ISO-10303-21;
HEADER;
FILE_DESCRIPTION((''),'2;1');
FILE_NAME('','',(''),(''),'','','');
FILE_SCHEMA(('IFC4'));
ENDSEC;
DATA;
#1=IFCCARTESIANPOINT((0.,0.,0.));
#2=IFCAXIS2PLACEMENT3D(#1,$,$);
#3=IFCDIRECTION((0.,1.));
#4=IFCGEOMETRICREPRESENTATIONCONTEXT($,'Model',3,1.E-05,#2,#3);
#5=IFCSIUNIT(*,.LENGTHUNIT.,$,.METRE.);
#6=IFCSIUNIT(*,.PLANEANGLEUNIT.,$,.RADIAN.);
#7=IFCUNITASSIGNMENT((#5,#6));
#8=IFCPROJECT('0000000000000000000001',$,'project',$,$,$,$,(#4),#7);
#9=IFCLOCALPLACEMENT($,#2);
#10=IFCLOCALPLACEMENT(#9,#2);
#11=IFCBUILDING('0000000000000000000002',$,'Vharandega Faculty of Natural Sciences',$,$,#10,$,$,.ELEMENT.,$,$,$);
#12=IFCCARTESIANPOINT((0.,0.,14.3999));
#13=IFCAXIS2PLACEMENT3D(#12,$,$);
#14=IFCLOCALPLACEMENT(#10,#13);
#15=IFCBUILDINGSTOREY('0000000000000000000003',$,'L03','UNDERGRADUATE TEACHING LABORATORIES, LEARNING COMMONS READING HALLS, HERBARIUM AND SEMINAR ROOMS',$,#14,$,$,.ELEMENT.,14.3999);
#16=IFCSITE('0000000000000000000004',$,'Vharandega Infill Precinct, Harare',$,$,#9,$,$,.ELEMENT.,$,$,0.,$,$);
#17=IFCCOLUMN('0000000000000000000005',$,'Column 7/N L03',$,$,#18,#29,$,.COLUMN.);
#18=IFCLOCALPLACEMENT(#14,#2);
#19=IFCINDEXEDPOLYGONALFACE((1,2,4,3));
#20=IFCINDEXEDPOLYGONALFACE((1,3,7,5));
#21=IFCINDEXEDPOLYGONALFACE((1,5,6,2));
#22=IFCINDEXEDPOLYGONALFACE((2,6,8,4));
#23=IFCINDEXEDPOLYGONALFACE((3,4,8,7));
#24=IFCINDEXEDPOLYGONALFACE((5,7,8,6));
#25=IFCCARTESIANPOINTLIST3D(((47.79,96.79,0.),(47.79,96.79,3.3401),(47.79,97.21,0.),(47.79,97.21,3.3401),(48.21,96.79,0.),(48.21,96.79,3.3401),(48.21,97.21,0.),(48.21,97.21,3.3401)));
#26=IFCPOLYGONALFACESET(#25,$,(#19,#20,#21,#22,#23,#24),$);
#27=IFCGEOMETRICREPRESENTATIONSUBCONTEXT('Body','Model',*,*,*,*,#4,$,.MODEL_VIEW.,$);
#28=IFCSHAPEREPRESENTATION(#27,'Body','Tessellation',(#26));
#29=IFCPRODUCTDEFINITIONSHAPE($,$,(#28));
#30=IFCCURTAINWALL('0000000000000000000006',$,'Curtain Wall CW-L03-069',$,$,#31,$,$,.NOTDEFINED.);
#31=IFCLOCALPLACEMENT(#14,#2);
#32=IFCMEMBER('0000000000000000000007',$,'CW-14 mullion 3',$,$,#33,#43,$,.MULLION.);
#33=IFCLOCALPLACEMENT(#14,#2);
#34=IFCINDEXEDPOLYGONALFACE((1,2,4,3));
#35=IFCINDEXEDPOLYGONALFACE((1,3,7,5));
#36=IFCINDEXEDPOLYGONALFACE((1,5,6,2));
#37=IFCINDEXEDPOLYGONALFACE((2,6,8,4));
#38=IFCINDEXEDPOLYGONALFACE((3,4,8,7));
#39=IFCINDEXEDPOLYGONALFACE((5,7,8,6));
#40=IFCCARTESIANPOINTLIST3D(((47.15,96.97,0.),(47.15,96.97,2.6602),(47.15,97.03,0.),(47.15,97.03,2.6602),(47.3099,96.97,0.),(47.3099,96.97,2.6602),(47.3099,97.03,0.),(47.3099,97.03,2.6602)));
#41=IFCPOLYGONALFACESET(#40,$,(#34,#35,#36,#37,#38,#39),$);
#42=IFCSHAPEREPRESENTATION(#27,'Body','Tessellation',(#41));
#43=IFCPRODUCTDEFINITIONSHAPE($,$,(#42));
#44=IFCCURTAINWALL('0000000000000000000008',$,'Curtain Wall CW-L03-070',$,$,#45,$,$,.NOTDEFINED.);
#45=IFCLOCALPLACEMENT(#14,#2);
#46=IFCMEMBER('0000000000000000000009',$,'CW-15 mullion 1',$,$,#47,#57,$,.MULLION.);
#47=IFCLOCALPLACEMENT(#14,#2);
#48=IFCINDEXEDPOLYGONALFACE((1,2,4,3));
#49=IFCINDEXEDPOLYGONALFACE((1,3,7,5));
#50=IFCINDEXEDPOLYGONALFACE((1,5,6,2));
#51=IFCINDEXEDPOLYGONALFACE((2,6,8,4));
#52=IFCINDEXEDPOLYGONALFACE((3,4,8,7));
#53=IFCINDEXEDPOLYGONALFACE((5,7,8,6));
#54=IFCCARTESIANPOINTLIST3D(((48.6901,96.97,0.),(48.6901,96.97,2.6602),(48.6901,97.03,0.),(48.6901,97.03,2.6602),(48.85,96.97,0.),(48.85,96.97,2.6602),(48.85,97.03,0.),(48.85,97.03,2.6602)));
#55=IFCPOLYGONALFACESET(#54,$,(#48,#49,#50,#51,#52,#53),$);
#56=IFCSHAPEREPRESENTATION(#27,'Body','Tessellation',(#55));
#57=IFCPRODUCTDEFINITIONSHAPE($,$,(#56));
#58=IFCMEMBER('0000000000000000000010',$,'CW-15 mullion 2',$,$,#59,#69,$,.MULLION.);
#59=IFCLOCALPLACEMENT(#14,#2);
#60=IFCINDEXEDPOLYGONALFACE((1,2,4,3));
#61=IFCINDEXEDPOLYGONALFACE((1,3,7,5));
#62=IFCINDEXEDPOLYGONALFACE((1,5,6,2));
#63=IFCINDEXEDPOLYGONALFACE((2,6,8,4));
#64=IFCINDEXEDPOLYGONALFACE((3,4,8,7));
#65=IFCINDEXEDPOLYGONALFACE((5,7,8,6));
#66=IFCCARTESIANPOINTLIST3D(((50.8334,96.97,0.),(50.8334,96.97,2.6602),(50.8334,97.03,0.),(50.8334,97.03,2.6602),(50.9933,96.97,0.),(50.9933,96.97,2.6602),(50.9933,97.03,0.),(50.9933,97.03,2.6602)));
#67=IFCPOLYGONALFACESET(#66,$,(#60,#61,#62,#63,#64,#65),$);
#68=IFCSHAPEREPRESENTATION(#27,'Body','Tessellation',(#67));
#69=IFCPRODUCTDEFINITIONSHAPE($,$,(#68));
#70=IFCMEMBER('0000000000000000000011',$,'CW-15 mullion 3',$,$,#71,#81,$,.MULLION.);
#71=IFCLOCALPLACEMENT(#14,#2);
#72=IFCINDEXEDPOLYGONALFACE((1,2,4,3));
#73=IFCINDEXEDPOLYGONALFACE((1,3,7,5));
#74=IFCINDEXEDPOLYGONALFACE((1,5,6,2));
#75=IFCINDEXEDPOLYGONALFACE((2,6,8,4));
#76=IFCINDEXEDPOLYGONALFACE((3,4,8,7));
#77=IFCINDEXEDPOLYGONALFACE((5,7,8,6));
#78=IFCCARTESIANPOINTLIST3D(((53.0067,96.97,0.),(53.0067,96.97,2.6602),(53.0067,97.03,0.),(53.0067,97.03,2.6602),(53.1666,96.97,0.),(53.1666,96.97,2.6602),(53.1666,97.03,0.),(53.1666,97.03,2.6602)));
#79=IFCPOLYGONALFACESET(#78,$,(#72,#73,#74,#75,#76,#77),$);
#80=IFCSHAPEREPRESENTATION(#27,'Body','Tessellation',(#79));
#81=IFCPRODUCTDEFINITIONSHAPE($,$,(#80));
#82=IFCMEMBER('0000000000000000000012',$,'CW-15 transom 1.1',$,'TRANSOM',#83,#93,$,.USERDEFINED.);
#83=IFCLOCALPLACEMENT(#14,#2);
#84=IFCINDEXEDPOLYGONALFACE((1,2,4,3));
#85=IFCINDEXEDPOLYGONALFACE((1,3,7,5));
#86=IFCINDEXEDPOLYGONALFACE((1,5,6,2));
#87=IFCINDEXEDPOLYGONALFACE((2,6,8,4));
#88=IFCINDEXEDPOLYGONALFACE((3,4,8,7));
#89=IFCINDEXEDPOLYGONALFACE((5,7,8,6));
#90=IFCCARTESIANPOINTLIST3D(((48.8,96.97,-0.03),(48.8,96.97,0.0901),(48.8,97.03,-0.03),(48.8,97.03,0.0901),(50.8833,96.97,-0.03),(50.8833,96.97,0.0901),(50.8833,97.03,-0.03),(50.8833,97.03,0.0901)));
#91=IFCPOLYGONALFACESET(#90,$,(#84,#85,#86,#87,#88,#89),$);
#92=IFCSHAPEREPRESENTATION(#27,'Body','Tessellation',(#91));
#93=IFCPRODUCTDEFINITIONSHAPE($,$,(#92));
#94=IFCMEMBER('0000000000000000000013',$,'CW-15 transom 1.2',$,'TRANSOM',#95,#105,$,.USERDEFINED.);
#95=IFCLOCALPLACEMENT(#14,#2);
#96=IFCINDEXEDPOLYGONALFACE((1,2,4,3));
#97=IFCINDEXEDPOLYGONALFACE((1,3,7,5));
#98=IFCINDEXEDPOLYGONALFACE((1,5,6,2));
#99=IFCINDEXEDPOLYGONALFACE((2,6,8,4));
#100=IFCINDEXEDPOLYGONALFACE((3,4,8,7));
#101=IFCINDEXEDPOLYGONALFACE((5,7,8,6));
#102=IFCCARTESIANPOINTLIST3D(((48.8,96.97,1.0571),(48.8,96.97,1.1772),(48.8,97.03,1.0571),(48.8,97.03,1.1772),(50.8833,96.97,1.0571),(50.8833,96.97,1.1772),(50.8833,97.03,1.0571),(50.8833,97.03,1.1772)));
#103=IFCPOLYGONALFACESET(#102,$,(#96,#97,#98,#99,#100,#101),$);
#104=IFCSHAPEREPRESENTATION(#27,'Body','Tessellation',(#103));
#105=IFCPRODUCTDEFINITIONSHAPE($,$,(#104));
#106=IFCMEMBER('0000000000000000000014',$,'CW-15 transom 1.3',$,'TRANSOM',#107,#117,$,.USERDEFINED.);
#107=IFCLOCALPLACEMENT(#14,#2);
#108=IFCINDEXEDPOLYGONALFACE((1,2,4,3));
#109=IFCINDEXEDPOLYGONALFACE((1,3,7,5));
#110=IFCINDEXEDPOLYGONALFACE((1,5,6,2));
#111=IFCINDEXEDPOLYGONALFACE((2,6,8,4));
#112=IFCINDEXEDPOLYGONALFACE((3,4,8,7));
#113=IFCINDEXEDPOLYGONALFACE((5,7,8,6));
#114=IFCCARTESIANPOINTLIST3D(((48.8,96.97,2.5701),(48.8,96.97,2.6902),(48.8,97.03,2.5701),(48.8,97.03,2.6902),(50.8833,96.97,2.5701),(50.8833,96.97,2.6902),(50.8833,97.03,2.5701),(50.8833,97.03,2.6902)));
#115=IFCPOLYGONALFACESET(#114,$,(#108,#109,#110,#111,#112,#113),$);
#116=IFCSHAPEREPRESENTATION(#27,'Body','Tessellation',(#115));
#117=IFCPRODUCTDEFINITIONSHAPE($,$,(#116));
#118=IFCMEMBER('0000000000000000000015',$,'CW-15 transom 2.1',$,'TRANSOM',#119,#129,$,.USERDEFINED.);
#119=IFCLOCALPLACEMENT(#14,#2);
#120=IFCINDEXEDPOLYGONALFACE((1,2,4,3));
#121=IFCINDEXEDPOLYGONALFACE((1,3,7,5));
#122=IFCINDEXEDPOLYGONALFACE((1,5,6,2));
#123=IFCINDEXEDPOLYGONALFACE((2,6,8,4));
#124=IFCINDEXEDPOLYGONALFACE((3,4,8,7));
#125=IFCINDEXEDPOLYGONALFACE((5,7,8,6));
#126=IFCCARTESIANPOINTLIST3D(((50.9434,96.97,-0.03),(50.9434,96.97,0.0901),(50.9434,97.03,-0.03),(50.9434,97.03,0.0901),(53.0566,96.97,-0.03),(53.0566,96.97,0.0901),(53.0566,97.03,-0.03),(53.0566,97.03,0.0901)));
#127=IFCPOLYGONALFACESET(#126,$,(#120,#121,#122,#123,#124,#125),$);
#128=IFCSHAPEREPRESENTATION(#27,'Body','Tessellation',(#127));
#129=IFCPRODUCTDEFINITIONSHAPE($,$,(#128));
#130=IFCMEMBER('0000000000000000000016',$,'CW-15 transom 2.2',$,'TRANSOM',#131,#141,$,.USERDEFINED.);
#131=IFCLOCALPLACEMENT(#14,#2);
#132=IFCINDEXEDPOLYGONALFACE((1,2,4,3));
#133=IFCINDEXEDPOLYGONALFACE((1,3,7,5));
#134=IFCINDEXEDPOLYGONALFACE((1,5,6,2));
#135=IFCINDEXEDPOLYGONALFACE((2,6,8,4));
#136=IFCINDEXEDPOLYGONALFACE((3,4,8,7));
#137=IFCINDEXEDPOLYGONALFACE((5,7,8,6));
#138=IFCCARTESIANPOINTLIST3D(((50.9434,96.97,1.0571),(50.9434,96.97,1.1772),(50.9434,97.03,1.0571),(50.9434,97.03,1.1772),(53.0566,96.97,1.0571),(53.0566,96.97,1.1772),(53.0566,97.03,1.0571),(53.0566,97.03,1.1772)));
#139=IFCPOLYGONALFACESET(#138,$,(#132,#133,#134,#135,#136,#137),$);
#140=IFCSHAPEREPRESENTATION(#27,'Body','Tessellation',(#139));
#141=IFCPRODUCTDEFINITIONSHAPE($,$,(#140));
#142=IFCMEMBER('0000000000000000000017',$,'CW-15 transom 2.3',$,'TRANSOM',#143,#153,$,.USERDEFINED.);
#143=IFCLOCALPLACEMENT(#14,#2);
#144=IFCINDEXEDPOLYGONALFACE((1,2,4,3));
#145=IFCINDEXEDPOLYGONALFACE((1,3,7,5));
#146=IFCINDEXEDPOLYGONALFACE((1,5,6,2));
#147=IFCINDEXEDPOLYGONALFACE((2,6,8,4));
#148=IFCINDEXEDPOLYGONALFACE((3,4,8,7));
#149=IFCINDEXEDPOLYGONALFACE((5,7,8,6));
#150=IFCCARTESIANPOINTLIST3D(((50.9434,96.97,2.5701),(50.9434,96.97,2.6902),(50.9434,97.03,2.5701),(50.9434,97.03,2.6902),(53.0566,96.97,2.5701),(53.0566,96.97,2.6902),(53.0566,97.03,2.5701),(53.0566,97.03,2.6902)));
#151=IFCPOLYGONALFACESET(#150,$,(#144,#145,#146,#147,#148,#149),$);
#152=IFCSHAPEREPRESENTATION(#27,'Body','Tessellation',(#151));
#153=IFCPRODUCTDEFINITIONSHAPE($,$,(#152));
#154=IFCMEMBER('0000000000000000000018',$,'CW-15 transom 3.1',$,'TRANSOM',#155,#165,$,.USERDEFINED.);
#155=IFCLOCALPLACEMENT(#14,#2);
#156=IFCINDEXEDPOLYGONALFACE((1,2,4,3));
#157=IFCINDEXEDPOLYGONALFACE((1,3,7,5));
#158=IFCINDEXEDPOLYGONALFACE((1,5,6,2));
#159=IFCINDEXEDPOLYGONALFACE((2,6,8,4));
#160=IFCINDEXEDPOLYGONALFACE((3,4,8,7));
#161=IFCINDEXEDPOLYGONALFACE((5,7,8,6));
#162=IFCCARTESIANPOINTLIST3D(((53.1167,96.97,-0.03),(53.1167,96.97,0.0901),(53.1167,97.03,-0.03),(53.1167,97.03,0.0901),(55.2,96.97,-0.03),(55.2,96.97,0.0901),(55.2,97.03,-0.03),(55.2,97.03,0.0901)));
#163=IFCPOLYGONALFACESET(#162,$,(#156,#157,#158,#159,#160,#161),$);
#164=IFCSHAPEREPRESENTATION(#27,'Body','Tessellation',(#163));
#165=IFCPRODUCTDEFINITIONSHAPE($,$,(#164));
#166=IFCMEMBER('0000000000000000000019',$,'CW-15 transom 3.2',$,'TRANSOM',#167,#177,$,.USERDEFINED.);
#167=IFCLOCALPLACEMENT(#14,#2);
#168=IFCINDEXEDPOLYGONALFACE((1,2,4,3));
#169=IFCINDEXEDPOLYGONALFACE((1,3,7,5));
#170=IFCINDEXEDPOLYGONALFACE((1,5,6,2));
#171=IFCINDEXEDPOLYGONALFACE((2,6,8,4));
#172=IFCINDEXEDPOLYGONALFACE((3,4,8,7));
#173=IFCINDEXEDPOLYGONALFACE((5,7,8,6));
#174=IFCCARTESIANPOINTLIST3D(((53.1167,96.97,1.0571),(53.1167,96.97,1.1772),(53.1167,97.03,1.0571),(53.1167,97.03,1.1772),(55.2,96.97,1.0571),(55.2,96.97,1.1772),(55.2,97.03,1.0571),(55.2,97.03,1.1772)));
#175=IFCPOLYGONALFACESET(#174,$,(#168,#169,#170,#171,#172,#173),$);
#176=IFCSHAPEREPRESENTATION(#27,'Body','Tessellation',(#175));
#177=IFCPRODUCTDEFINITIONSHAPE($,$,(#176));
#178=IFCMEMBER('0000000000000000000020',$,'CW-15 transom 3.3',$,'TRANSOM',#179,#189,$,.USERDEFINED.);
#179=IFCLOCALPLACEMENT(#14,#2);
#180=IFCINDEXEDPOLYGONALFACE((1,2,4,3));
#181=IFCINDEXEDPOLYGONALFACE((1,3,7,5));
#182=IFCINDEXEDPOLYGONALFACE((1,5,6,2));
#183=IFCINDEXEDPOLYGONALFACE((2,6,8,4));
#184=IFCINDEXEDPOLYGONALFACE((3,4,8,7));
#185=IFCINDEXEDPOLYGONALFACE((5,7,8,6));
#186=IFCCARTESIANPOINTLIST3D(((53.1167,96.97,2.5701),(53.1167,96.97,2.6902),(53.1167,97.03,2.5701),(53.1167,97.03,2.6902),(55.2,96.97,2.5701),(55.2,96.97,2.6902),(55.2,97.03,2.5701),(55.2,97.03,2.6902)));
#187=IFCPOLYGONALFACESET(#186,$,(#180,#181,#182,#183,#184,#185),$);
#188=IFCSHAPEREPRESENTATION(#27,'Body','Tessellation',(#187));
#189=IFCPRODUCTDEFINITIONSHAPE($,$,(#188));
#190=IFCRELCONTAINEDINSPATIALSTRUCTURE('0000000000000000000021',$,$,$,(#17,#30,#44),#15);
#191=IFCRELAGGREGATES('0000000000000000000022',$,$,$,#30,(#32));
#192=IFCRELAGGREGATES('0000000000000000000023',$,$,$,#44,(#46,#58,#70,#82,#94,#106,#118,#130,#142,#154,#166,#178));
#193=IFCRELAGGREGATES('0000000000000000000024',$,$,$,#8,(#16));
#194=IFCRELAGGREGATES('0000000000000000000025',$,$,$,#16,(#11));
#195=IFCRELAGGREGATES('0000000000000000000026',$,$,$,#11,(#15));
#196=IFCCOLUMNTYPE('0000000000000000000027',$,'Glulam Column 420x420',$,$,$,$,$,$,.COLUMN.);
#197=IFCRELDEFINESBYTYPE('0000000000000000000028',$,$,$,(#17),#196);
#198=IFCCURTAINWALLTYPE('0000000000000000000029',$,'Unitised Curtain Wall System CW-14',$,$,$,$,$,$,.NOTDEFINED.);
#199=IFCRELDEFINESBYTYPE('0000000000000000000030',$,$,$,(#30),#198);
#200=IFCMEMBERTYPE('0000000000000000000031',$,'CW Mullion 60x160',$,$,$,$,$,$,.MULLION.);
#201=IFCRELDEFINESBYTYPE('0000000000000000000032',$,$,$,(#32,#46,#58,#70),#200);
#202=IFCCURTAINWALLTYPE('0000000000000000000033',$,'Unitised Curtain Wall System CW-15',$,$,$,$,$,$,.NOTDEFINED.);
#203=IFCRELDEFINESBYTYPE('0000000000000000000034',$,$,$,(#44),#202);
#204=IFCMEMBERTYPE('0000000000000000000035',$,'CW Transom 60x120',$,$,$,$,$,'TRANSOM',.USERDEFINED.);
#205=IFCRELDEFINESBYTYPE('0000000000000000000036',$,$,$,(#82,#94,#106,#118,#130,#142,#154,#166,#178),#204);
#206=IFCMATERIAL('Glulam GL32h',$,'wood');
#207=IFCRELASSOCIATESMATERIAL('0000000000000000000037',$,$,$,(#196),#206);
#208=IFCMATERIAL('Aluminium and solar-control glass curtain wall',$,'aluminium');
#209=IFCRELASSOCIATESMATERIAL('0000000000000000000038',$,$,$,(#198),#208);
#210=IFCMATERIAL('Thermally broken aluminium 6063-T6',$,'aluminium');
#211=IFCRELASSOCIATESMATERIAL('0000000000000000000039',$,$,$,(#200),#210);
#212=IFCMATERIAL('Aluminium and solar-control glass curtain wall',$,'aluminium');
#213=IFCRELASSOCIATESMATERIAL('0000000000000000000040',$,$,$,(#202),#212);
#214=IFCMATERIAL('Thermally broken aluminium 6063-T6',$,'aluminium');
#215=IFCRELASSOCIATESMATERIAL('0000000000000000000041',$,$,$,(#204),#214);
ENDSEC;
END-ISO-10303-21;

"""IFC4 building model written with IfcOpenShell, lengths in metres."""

from ifc_helpers import new_model, si_unit, direction, frame, origin, origin_2d, place, context, subcontext, project, spatial, rectangle, extrude, material, material_profile, profile_set, type_object, element, aggregate, save


model = new_model("IFC4")

# Units and contexts
model_context = context("Model", 3, precision=1e-05, world=origin(), true_north=direction((0.0, 1.0)))
body_context = subcontext(model_context, "Body", "Model", "MODEL_VIEW")
ifc_project = project(units=[si_unit("LENGTHUNIT", "METRE"), si_unit("PLANEANGLEUNIT", "RADIAN")], contexts=[model_context])

# Site, building, storey
site_placement = place(None, origin())
site = spatial("IfcSite", under=ifc_project, at=site_placement, Name="Vharandega Infill Precinct, Harare", CompositionType="ELEMENT", RefElevation=0.0)
building_placement = place(site_placement, origin())
building = spatial("IfcBuilding", under=site, at=building_placement, Name="Vharandega Faculty of Natural Sciences", CompositionType="ELEMENT")
storey_placement = place(building_placement, frame((0.0, 0.0, 14.3999)))
storey = spatial("IfcBuildingStorey", under=building, at=storey_placement, Name="L03", Description="UNDERGRADUATE TEACHING LABORATORIES, LEARNING COMMONS READING HALLS, HERBARIUM AND SEMINAR ROOMS", CompositionType="ELEMENT", Elevation=14.3999)

# Column
ifc_material_1 = material(Name="Glulam GL32h", Category="wood")
ifc_material_profile_1 = material_profile(ifc_material_1, rectangle(XDim=0.4199, YDim=0.4199, at=origin_2d()), Name="GL32h 420x420")
ifc_profile_set_1 = profile_set([ifc_material_profile_1], Name="Glulam GL32h")
column_type = type_object("IfcColumnType", Name="Glulam Column 420x420", PredefinedType="COLUMN", material=ifc_profile_set_1)
column_placement = place(storey_placement, frame((48.0, 97.0, 0.0), z_axis=(0.0, 0.0, 1.0), x_axis=(1.0, 0.0, 0.0)))
element("IfcColumn", 1, at=column_placement, inside=storey, type_object=column_type, Name="Column 7/N L03", PredefinedType="COLUMN", context=body_context, shape_type="SweptSolid", body=[
    extrude(rectangle(XDim=0.4199, YDim=0.4199, at=origin_2d()), origin(), (0.0, 0.0, 1.0), 3.3401),
])

# Curtain wall, member
ifc_material_2 = material(Name="Aluminium and solar-control glass curtain wall", Category="aluminium")
curtain_wall_type_1 = type_object("IfcCurtainWallType", Name="Unitised Curtain Wall System CW-14", PredefinedType="NOTDEFINED", material=ifc_material_2)
curtain_wall_1_placement = place(storey_placement, origin())
curtain_wall_1 = element("IfcCurtainWall", 2, at=curtain_wall_1_placement, inside=storey, type_object=curtain_wall_type_1, Name="Curtain Wall CW-L03-069", PredefinedType="NOTDEFINED")
ifc_material_3 = material(Name="Thermally broken aluminium 6063-T6", Category="aluminium")
ifc_material_profile_2 = material_profile(ifc_material_3, rectangle(XDim=0.0601, YDim=0.1599, at=origin_2d()), Name="ALU 60x160")
ifc_profile_set_2 = profile_set([ifc_material_profile_2], Name="Thermally broken aluminium 6063-T6")
member_type_1 = type_object("IfcMemberType", Name="CW Mullion 60x160", PredefinedType="MULLION", material=ifc_profile_set_2)
member_1_placement = place(storey_placement, frame((47.23, 97.0, 0.0), z_axis=(0.0, 0.0, 1.0), x_axis=(0.0, 1.0, 0.0)))
member_1 = element("IfcMember", 3, at=member_1_placement, type_object=member_type_1, Name="CW-14 mullion 3", PredefinedType="MULLION", context=body_context, shape_type="SweptSolid", body=[
    extrude(rectangle(XDim=0.0601, YDim=0.1599, at=origin_2d()), origin(), (0.0, 0.0, 1.0), 2.6602),
])

# Curtain wall, members
ifc_material_4 = material(Name="Aluminium and solar-control glass curtain wall", Category="aluminium")
curtain_wall_type_2 = type_object("IfcCurtainWallType", Name="Unitised Curtain Wall System CW-15", PredefinedType="NOTDEFINED", material=ifc_material_4)
curtain_wall_2_placement = place(storey_placement, origin())
curtain_wall_2 = element("IfcCurtainWall", 4, at=curtain_wall_2_placement, inside=storey, type_object=curtain_wall_type_2, Name="Curtain Wall CW-L03-070", PredefinedType="NOTDEFINED")
member_2_placement = place(storey_placement, frame((48.77, 97.0, 0.0), z_axis=(0.0, 0.0, 1.0), x_axis=(0.0, 1.0, 0.0)))
member_2 = element("IfcMember", 5, at=member_2_placement, type_object=member_type_1, Name="CW-15 mullion 1", PredefinedType="MULLION", context=body_context, shape_type="SweptSolid", body=[
    extrude(rectangle(XDim=0.0601, YDim=0.1599, at=origin_2d()), origin(), (0.0, 0.0, 1.0), 2.6602),
])
member_3_placement = place(storey_placement, frame((50.9133, 97.0, 0.0), z_axis=(0.0, 0.0, 1.0), x_axis=(0.0, 1.0, 0.0)))
member_3 = element("IfcMember", 6, at=member_3_placement, type_object=member_type_1, Name="CW-15 mullion 2", PredefinedType="MULLION", context=body_context, shape_type="SweptSolid", body=[
    extrude(rectangle(XDim=0.0601, YDim=0.1599, at=origin_2d()), origin(), (0.0, 0.0, 1.0), 2.6602),
])
member_4_placement = place(storey_placement, frame((53.0867, 97.0, 0.0), z_axis=(0.0, 0.0, 1.0), x_axis=(0.0, 1.0, 0.0)))
member_4 = element("IfcMember", 7, at=member_4_placement, type_object=member_type_1, Name="CW-15 mullion 3", PredefinedType="MULLION", context=body_context, shape_type="SweptSolid", body=[
    extrude(rectangle(XDim=0.0601, YDim=0.1599, at=origin_2d()), origin(), (0.0, 0.0, 1.0), 2.6602),
])
ifc_material_5 = material(Name="Thermally broken aluminium 6063-T6", Category="aluminium")
ifc_material_profile_3 = material_profile(ifc_material_5, rectangle(XDim=0.0601, YDim=0.1201, at=origin_2d()), Name="ALU 60x120")
ifc_profile_set_3 = profile_set([ifc_material_profile_3], Name="Thermally broken aluminium 6063-T6")
member_type_2 = type_object("IfcMemberType", Name="CW Transom 60x120", ElementType="TRANSOM", PredefinedType="USERDEFINED", material=ifc_profile_set_3)
member_5_placement = place(storey_placement, frame((48.8, 97.0, 0.03), z_axis=(1.0, 0.0, 0.0), x_axis=(0.0, 1.0, 0.0)))
member_5 = element("IfcMember", 8, at=member_5_placement, type_object=member_type_2, Name="CW-15 transom 1.1", ObjectType="TRANSOM", PredefinedType="USERDEFINED", context=body_context, shape_type="SweptSolid", body=[
    extrude(rectangle(XDim=0.0601, YDim=0.1201, at=origin_2d()), origin(), (0.0, 0.0, 1.0), 2.0833),
])
member_6_placement = place(storey_placement, frame((48.8, 97.0, 1.1172), z_axis=(1.0, 0.0, 0.0), x_axis=(0.0, 1.0, 0.0)))
member_6 = element("IfcMember", 9, at=member_6_placement, type_object=member_type_2, Name="CW-15 transom 1.2", ObjectType="TRANSOM", PredefinedType="USERDEFINED", context=body_context, shape_type="SweptSolid", body=[
    extrude(rectangle(XDim=0.0601, YDim=0.1201, at=origin_2d()), origin(), (0.0, 0.0, 1.0), 2.0833),
])
member_7_placement = place(storey_placement, frame((48.8, 97.0, 2.6301), z_axis=(1.0, 0.0, 0.0), x_axis=(0.0, 1.0, 0.0)))
member_7 = element("IfcMember", 10, at=member_7_placement, type_object=member_type_2, Name="CW-15 transom 1.3", ObjectType="TRANSOM", PredefinedType="USERDEFINED", context=body_context, shape_type="SweptSolid", body=[
    extrude(rectangle(XDim=0.0601, YDim=0.1201, at=origin_2d()), origin(), (0.0, 0.0, 1.0), 2.0833),
])
member_8_placement = place(storey_placement, frame((50.9434, 97.0, 0.03), z_axis=(1.0, 0.0, 0.0), x_axis=(0.0, 1.0, 0.0)))
member_8 = element("IfcMember", 11, at=member_8_placement, type_object=member_type_2, Name="CW-15 transom 2.1", ObjectType="TRANSOM", PredefinedType="USERDEFINED", context=body_context, shape_type="SweptSolid", body=[
    extrude(rectangle(XDim=0.0601, YDim=0.1201, at=origin_2d()), origin(), (0.0, 0.0, 1.0), 2.1133),
])
member_9_placement = place(storey_placement, frame((50.9434, 97.0, 1.1172), z_axis=(1.0, 0.0, 0.0), x_axis=(0.0, 1.0, 0.0)))
member_9 = element("IfcMember", 12, at=member_9_placement, type_object=member_type_2, Name="CW-15 transom 2.2", ObjectType="TRANSOM", PredefinedType="USERDEFINED", context=body_context, shape_type="SweptSolid", body=[
    extrude(rectangle(XDim=0.0601, YDim=0.1201, at=origin_2d()), origin(), (0.0, 0.0, 1.0), 2.1133),
])
member_10_placement = place(storey_placement, frame((50.9434, 97.0, 2.6301), z_axis=(1.0, 0.0, 0.0), x_axis=(0.0, 1.0, 0.0)))
member_10 = element("IfcMember", 13, at=member_10_placement, type_object=member_type_2, Name="CW-15 transom 2.3", ObjectType="TRANSOM", PredefinedType="USERDEFINED", context=body_context, shape_type="SweptSolid", body=[
    extrude(rectangle(XDim=0.0601, YDim=0.1201, at=origin_2d()), origin(), (0.0, 0.0, 1.0), 2.1133),
])
member_11_placement = place(storey_placement, frame((53.1167, 97.0, 0.03), z_axis=(1.0, 0.0, 0.0), x_axis=(0.0, 1.0, 0.0)))
member_11 = element("IfcMember", 14, at=member_11_placement, type_object=member_type_2, Name="CW-15 transom 3.1", ObjectType="TRANSOM", PredefinedType="USERDEFINED", context=body_context, shape_type="SweptSolid", body=[
    extrude(rectangle(XDim=0.0601, YDim=0.1201, at=origin_2d()), origin(), (0.0, 0.0, 1.0), 2.0833),
])
member_12_placement = place(storey_placement, frame((53.1167, 97.0, 1.1172), z_axis=(1.0, 0.0, 0.0), x_axis=(0.0, 1.0, 0.0)))
member_12 = element("IfcMember", 15, at=member_12_placement, type_object=member_type_2, Name="CW-15 transom 3.2", ObjectType="TRANSOM", PredefinedType="USERDEFINED", context=body_context, shape_type="SweptSolid", body=[
    extrude(rectangle(XDim=0.0601, YDim=0.1201, at=origin_2d()), origin(), (0.0, 0.0, 1.0), 2.0833),
])
member_13_placement = place(storey_placement, frame((53.1167, 97.0, 2.6301), z_axis=(1.0, 0.0, 0.0), x_axis=(0.0, 1.0, 0.0)))
member_13 = element("IfcMember", 16, at=member_13_placement, type_object=member_type_2, Name="CW-15 transom 3.3", ObjectType="TRANSOM", PredefinedType="USERDEFINED", context=body_context, shape_type="SweptSolid", body=[
    extrude(rectangle(XDim=0.0601, YDim=0.1201, at=origin_2d()), origin(), (0.0, 0.0, 1.0), 2.0833),
])

aggregate(curtain_wall_1, [member_1])
aggregate(curtain_wall_2, [member_2, member_3, member_4, member_5, member_6, member_7, member_8, member_9, member_10, member_11, member_12, member_13])

save(model, "model.ifc")
